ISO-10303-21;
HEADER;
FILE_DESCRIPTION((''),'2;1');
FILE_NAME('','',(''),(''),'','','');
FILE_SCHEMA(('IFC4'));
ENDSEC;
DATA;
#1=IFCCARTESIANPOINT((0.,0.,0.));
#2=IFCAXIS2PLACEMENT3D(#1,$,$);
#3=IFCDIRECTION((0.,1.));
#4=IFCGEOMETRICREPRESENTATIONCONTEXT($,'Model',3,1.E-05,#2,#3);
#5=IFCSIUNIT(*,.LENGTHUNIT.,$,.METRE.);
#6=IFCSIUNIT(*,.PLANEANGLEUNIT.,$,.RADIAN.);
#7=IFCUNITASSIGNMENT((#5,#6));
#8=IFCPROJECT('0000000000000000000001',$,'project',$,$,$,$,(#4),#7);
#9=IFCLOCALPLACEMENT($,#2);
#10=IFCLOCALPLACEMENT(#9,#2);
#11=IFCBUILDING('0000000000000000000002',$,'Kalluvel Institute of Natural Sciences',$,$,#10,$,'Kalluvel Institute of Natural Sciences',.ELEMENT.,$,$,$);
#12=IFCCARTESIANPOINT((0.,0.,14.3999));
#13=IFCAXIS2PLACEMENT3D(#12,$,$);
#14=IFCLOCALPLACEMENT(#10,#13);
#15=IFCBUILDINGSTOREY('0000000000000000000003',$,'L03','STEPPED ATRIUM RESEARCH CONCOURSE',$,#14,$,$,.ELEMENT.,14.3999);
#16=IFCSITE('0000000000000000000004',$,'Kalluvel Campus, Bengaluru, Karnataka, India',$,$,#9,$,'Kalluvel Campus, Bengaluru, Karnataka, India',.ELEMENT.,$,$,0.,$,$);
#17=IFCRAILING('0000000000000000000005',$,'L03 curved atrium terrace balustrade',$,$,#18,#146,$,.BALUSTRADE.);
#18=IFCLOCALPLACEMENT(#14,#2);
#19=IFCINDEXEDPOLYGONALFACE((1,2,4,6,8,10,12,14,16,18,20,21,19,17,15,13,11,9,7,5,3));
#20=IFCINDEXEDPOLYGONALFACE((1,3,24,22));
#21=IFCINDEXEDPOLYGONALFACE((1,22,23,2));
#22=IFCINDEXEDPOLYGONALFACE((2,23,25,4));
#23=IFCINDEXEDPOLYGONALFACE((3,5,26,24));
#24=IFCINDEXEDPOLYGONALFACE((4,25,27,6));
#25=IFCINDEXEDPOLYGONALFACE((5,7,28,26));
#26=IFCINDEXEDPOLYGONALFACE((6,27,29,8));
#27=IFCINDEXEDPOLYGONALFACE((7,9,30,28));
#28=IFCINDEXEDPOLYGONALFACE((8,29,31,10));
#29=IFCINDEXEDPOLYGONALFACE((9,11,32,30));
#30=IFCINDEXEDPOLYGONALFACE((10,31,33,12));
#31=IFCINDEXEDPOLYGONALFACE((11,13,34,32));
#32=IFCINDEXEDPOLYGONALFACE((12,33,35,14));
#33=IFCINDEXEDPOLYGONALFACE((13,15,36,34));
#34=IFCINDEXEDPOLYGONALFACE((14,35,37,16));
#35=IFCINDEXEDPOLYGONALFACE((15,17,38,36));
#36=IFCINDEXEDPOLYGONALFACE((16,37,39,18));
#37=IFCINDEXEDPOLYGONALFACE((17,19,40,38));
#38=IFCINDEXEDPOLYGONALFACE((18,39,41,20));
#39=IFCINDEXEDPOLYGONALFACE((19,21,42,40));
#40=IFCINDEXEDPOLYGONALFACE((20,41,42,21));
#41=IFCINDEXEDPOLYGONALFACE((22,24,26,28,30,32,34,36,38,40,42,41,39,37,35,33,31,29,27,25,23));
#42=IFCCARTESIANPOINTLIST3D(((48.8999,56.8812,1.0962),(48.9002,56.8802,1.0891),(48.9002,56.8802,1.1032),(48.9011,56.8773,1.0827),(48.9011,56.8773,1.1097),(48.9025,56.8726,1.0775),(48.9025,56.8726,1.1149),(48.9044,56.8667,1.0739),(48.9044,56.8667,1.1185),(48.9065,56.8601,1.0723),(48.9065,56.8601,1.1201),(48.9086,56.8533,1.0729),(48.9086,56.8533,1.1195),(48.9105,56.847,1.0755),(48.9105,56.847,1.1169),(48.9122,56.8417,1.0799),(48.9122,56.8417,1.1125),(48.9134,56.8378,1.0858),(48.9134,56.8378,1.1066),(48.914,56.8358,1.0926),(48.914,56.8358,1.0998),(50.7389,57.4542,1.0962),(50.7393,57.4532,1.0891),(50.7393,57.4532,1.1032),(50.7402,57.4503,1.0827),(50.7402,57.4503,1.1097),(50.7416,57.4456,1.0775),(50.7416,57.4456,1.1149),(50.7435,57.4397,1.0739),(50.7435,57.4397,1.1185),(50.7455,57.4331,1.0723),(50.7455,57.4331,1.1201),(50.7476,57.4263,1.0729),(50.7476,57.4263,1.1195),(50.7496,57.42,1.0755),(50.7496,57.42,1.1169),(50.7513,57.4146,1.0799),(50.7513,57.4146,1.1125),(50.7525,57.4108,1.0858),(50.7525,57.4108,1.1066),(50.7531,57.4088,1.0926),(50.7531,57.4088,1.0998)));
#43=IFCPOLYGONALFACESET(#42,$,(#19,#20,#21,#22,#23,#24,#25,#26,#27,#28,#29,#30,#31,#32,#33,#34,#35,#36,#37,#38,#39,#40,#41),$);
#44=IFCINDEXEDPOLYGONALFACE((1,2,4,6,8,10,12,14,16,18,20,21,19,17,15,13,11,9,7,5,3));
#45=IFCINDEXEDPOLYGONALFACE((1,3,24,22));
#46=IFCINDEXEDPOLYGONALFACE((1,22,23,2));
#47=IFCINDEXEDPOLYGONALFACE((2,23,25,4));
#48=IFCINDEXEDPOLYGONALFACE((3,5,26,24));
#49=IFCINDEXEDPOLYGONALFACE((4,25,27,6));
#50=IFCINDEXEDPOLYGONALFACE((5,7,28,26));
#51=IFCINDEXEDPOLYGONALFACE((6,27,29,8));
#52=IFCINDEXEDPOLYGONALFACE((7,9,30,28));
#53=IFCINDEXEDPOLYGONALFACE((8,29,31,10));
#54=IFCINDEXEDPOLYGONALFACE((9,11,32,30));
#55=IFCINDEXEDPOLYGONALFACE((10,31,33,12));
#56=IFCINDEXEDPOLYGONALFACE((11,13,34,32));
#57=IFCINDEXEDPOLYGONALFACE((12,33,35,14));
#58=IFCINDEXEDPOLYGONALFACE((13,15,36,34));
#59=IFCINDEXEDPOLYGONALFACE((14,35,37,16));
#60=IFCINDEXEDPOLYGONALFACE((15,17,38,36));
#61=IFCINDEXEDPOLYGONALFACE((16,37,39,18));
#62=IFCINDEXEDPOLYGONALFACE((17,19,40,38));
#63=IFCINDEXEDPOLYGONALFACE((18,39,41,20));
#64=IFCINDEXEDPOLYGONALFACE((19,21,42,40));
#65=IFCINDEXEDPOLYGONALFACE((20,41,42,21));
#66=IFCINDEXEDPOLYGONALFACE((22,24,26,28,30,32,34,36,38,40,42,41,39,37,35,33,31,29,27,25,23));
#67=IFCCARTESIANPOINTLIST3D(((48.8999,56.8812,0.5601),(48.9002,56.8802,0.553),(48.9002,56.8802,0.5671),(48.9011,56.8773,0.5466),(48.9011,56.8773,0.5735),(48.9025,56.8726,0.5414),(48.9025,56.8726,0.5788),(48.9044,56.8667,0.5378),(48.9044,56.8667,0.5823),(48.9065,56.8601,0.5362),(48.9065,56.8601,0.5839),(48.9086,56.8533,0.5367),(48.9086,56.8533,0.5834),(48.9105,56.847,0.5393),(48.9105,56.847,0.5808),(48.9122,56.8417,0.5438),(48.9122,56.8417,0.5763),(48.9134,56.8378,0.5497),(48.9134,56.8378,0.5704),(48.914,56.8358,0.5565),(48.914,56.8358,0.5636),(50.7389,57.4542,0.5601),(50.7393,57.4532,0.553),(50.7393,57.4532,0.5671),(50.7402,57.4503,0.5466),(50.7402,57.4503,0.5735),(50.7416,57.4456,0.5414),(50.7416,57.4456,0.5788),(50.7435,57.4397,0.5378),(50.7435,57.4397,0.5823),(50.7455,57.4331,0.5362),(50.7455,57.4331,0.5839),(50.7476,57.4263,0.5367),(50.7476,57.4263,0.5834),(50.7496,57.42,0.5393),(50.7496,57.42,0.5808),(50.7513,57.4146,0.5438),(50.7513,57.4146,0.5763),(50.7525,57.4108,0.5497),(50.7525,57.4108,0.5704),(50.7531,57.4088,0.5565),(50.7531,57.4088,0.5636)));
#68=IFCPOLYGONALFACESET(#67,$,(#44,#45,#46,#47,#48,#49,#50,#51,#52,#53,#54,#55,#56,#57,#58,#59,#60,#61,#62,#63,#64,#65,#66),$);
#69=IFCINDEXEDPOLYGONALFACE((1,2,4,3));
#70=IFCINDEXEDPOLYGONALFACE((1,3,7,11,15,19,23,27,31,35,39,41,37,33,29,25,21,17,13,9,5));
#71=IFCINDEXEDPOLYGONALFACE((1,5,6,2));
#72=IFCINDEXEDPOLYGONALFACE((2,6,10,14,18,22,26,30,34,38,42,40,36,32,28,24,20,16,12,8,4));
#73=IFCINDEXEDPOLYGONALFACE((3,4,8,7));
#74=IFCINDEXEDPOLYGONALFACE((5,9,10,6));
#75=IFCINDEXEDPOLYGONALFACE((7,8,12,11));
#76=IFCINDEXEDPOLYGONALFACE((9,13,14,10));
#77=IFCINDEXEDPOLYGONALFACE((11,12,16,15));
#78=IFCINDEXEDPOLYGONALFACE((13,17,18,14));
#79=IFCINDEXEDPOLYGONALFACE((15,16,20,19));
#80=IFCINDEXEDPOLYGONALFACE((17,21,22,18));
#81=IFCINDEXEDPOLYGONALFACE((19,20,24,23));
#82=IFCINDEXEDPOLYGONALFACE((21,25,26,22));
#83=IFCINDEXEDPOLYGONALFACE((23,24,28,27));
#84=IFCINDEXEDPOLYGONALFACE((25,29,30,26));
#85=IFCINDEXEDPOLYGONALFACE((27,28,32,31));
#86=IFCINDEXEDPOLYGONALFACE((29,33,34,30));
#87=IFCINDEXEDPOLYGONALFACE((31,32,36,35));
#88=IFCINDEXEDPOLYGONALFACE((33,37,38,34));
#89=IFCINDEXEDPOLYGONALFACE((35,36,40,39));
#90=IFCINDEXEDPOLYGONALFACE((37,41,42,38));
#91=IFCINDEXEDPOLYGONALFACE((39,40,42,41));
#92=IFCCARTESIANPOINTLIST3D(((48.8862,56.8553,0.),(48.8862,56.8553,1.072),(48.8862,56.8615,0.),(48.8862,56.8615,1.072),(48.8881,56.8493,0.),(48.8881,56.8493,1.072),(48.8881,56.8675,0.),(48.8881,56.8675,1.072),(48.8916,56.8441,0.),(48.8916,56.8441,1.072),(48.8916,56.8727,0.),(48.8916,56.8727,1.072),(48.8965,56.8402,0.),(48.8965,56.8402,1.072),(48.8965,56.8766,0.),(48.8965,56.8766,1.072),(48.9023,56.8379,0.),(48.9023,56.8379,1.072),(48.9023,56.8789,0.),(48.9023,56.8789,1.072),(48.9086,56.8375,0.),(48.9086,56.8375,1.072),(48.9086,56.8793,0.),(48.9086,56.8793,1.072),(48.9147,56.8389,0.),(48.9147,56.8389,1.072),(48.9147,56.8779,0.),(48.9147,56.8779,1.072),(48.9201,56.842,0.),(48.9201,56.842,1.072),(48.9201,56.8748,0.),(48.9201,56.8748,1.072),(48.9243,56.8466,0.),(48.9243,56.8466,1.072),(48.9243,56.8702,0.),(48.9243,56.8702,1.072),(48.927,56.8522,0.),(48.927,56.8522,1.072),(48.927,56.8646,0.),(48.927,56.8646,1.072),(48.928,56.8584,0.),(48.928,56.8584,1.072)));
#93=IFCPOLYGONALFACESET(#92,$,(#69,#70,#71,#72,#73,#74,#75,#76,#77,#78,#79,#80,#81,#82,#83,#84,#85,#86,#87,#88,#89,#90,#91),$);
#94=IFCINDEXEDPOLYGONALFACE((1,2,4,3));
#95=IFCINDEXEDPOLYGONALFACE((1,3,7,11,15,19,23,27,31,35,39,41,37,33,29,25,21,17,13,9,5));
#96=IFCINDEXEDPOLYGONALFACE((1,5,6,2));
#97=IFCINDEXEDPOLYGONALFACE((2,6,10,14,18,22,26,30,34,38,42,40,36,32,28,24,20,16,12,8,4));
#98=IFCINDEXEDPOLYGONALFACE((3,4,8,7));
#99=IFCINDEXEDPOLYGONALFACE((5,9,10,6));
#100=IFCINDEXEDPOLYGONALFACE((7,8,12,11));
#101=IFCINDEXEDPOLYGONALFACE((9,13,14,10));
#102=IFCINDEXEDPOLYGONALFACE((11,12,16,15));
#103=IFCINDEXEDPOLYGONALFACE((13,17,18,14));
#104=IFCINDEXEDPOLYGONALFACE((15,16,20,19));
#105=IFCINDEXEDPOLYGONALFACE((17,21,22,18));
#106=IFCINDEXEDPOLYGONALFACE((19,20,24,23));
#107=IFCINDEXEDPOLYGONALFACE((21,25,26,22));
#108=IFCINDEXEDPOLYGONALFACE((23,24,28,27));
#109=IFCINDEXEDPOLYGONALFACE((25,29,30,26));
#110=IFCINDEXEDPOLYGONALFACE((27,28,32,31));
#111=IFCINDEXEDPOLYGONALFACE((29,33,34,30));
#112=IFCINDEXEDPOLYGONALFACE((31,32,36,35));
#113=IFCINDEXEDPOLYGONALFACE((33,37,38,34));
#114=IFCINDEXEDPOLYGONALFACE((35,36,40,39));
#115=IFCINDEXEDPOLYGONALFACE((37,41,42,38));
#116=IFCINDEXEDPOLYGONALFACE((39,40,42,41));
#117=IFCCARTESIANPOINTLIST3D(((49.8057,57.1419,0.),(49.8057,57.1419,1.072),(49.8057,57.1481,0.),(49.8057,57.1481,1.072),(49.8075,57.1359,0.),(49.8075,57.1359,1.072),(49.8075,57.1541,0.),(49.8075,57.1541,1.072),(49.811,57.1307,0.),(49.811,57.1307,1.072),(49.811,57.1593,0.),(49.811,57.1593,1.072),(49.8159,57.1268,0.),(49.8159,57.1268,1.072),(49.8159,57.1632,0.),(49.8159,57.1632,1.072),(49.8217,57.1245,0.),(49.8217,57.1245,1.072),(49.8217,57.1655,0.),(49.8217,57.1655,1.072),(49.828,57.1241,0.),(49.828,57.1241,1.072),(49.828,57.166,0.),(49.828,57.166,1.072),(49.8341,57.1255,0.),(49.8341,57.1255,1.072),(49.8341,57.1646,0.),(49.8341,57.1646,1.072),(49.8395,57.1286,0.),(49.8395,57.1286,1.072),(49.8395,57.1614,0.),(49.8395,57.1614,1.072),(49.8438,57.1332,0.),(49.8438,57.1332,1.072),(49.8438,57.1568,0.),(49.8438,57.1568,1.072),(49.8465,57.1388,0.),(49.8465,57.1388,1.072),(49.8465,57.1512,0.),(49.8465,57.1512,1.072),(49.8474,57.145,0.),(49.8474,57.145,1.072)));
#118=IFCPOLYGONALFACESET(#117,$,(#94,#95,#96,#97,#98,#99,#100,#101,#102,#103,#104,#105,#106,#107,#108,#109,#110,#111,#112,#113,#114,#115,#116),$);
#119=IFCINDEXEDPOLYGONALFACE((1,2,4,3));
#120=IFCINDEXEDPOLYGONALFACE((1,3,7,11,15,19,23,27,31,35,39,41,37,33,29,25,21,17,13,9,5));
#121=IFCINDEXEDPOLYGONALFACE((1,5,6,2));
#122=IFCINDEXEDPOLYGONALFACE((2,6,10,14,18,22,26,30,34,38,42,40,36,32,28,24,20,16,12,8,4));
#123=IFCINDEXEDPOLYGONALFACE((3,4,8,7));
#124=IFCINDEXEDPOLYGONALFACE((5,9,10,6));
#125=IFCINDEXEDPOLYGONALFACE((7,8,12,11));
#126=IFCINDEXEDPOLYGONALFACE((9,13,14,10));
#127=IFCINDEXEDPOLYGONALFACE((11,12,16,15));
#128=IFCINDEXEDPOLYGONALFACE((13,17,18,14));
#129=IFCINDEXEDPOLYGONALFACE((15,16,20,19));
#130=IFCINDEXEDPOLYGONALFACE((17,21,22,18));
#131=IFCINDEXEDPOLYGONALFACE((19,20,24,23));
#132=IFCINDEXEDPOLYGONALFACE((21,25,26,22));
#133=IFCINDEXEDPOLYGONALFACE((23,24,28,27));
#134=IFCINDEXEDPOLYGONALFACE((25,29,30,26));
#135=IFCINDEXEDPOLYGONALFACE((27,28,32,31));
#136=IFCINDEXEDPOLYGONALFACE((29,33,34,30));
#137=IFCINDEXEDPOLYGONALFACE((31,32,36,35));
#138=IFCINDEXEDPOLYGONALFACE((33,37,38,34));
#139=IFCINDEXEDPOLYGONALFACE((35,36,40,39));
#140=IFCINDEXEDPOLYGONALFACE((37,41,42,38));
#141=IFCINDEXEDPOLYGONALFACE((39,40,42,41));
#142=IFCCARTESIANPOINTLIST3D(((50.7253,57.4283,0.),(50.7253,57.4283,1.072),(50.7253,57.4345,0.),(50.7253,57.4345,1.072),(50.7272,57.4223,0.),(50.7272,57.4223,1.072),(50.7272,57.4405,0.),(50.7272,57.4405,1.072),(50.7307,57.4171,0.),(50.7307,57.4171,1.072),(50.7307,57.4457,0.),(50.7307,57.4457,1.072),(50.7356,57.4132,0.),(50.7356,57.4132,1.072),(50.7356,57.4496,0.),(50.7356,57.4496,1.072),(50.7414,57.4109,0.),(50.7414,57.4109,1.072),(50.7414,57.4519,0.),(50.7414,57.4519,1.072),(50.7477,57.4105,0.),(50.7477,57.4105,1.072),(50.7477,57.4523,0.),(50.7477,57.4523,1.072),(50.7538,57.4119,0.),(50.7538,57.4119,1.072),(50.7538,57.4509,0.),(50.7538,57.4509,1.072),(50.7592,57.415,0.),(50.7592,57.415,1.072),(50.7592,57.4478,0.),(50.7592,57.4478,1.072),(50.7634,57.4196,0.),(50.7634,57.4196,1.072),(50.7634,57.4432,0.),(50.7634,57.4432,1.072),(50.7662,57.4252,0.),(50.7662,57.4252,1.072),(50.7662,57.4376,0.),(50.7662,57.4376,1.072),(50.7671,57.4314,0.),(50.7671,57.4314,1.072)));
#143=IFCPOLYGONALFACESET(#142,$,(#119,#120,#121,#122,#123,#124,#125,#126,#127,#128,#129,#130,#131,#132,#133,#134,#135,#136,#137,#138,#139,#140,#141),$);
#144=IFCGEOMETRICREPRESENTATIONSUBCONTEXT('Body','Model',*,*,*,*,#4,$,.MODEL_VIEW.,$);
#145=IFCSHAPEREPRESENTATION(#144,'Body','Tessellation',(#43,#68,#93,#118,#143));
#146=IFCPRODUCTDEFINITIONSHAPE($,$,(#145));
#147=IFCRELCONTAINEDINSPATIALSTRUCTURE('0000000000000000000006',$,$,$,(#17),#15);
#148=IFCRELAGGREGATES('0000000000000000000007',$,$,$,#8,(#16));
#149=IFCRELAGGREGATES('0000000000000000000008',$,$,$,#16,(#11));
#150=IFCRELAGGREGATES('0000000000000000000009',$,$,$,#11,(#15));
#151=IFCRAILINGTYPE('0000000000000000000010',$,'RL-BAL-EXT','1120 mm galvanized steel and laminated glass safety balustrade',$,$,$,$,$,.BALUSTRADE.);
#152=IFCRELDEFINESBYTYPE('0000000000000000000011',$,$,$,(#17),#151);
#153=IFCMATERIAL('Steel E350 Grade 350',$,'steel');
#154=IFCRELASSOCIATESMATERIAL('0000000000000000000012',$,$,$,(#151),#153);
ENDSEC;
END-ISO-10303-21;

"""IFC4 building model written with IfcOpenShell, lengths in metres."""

from ifc_helpers import new_model, si_unit, direction, frame, origin, origin_2d, place, context, subcontext, project, spatial, circle, extrude, material, type_object, element, save


model = new_model("IFC4")

# Units and contexts
model_context = context("Model", 3, precision=1e-05, world=origin(), true_north=direction((0.0, 1.0)))
body_context = subcontext(model_context, "Body", "Model", "MODEL_VIEW")
ifc_project = project(units=[si_unit("LENGTHUNIT", "METRE"), si_unit("PLANEANGLEUNIT", "RADIAN")], contexts=[model_context])

# Site, building, storey
site_placement = place(None, origin())
site = spatial("IfcSite", under=ifc_project, at=site_placement, Name="Kalluvel Campus, Bengaluru, Karnataka, India", LongName="Kalluvel Campus, Bengaluru, Karnataka, India", CompositionType="ELEMENT", RefElevation=0.0)
building_placement = place(site_placement, origin())
building = spatial("IfcBuilding", under=site, at=building_placement, Name="Kalluvel Institute of Natural Sciences", LongName="Kalluvel Institute of Natural Sciences", CompositionType="ELEMENT")
storey_placement = place(building_placement, frame((0.0, 0.0, 14.3999)))
storey = spatial("IfcBuildingStorey", under=building, at=storey_placement, Name="L03", Description="STEPPED ATRIUM RESEARCH CONCOURSE", CompositionType="ELEMENT", Elevation=14.3999)

# Railing
ifc_material_1 = material(Name="Steel E350 Grade 350", Category="steel")
railing_type = type_object("IfcRailingType", Name="RL-BAL-EXT", Description="1120 mm galvanized steel and laminated glass safety balustrade", PredefinedType="BALUSTRADE", material=ifc_material_1)
railing_1_placement = place(storey_placement, frame((48.907, 56.8584, 0.0)))
element("IfcRailing", 1, at=railing_1_placement, inside=storey, type_object=railing_type, Name="L03 curved atrium terrace balustrade", PredefinedType="BALUSTRADE", context=body_context, shape_type="SweptSolid", body=[
    extrude(circle(Radius=0.0239, at=origin_2d()), frame((0.0, 0.0, 1.0962), z_axis=(0.954734, 0.297459, 0.0), x_axis=(-0.297459, 0.954734, 0.0)), (0.0, 0.0, 1.0), 1.9263),
    extrude(circle(Radius=0.0239, at=origin_2d()), frame((0.0, 0.0, 0.5601), z_axis=(0.954734, 0.297459, 0.0), x_axis=(-0.297459, 0.954734, 0.0)), (0.0, 0.0, 1.0), 1.9263),
    extrude(circle(Radius=0.021, at=origin_2d()), origin(), (0.0, 0.0, 1.0), 1.072),
    extrude(circle(Radius=0.021, at=origin_2d()), frame((0.9194, 0.2866, 0.0)), (0.0, 0.0, 1.0), 1.072),
    extrude(circle(Radius=0.021, at=origin_2d()), frame((1.8391, 0.573, 0.0)), (0.0, 0.0, 1.0), 1.072),
])

save(model, "model.ifc")
